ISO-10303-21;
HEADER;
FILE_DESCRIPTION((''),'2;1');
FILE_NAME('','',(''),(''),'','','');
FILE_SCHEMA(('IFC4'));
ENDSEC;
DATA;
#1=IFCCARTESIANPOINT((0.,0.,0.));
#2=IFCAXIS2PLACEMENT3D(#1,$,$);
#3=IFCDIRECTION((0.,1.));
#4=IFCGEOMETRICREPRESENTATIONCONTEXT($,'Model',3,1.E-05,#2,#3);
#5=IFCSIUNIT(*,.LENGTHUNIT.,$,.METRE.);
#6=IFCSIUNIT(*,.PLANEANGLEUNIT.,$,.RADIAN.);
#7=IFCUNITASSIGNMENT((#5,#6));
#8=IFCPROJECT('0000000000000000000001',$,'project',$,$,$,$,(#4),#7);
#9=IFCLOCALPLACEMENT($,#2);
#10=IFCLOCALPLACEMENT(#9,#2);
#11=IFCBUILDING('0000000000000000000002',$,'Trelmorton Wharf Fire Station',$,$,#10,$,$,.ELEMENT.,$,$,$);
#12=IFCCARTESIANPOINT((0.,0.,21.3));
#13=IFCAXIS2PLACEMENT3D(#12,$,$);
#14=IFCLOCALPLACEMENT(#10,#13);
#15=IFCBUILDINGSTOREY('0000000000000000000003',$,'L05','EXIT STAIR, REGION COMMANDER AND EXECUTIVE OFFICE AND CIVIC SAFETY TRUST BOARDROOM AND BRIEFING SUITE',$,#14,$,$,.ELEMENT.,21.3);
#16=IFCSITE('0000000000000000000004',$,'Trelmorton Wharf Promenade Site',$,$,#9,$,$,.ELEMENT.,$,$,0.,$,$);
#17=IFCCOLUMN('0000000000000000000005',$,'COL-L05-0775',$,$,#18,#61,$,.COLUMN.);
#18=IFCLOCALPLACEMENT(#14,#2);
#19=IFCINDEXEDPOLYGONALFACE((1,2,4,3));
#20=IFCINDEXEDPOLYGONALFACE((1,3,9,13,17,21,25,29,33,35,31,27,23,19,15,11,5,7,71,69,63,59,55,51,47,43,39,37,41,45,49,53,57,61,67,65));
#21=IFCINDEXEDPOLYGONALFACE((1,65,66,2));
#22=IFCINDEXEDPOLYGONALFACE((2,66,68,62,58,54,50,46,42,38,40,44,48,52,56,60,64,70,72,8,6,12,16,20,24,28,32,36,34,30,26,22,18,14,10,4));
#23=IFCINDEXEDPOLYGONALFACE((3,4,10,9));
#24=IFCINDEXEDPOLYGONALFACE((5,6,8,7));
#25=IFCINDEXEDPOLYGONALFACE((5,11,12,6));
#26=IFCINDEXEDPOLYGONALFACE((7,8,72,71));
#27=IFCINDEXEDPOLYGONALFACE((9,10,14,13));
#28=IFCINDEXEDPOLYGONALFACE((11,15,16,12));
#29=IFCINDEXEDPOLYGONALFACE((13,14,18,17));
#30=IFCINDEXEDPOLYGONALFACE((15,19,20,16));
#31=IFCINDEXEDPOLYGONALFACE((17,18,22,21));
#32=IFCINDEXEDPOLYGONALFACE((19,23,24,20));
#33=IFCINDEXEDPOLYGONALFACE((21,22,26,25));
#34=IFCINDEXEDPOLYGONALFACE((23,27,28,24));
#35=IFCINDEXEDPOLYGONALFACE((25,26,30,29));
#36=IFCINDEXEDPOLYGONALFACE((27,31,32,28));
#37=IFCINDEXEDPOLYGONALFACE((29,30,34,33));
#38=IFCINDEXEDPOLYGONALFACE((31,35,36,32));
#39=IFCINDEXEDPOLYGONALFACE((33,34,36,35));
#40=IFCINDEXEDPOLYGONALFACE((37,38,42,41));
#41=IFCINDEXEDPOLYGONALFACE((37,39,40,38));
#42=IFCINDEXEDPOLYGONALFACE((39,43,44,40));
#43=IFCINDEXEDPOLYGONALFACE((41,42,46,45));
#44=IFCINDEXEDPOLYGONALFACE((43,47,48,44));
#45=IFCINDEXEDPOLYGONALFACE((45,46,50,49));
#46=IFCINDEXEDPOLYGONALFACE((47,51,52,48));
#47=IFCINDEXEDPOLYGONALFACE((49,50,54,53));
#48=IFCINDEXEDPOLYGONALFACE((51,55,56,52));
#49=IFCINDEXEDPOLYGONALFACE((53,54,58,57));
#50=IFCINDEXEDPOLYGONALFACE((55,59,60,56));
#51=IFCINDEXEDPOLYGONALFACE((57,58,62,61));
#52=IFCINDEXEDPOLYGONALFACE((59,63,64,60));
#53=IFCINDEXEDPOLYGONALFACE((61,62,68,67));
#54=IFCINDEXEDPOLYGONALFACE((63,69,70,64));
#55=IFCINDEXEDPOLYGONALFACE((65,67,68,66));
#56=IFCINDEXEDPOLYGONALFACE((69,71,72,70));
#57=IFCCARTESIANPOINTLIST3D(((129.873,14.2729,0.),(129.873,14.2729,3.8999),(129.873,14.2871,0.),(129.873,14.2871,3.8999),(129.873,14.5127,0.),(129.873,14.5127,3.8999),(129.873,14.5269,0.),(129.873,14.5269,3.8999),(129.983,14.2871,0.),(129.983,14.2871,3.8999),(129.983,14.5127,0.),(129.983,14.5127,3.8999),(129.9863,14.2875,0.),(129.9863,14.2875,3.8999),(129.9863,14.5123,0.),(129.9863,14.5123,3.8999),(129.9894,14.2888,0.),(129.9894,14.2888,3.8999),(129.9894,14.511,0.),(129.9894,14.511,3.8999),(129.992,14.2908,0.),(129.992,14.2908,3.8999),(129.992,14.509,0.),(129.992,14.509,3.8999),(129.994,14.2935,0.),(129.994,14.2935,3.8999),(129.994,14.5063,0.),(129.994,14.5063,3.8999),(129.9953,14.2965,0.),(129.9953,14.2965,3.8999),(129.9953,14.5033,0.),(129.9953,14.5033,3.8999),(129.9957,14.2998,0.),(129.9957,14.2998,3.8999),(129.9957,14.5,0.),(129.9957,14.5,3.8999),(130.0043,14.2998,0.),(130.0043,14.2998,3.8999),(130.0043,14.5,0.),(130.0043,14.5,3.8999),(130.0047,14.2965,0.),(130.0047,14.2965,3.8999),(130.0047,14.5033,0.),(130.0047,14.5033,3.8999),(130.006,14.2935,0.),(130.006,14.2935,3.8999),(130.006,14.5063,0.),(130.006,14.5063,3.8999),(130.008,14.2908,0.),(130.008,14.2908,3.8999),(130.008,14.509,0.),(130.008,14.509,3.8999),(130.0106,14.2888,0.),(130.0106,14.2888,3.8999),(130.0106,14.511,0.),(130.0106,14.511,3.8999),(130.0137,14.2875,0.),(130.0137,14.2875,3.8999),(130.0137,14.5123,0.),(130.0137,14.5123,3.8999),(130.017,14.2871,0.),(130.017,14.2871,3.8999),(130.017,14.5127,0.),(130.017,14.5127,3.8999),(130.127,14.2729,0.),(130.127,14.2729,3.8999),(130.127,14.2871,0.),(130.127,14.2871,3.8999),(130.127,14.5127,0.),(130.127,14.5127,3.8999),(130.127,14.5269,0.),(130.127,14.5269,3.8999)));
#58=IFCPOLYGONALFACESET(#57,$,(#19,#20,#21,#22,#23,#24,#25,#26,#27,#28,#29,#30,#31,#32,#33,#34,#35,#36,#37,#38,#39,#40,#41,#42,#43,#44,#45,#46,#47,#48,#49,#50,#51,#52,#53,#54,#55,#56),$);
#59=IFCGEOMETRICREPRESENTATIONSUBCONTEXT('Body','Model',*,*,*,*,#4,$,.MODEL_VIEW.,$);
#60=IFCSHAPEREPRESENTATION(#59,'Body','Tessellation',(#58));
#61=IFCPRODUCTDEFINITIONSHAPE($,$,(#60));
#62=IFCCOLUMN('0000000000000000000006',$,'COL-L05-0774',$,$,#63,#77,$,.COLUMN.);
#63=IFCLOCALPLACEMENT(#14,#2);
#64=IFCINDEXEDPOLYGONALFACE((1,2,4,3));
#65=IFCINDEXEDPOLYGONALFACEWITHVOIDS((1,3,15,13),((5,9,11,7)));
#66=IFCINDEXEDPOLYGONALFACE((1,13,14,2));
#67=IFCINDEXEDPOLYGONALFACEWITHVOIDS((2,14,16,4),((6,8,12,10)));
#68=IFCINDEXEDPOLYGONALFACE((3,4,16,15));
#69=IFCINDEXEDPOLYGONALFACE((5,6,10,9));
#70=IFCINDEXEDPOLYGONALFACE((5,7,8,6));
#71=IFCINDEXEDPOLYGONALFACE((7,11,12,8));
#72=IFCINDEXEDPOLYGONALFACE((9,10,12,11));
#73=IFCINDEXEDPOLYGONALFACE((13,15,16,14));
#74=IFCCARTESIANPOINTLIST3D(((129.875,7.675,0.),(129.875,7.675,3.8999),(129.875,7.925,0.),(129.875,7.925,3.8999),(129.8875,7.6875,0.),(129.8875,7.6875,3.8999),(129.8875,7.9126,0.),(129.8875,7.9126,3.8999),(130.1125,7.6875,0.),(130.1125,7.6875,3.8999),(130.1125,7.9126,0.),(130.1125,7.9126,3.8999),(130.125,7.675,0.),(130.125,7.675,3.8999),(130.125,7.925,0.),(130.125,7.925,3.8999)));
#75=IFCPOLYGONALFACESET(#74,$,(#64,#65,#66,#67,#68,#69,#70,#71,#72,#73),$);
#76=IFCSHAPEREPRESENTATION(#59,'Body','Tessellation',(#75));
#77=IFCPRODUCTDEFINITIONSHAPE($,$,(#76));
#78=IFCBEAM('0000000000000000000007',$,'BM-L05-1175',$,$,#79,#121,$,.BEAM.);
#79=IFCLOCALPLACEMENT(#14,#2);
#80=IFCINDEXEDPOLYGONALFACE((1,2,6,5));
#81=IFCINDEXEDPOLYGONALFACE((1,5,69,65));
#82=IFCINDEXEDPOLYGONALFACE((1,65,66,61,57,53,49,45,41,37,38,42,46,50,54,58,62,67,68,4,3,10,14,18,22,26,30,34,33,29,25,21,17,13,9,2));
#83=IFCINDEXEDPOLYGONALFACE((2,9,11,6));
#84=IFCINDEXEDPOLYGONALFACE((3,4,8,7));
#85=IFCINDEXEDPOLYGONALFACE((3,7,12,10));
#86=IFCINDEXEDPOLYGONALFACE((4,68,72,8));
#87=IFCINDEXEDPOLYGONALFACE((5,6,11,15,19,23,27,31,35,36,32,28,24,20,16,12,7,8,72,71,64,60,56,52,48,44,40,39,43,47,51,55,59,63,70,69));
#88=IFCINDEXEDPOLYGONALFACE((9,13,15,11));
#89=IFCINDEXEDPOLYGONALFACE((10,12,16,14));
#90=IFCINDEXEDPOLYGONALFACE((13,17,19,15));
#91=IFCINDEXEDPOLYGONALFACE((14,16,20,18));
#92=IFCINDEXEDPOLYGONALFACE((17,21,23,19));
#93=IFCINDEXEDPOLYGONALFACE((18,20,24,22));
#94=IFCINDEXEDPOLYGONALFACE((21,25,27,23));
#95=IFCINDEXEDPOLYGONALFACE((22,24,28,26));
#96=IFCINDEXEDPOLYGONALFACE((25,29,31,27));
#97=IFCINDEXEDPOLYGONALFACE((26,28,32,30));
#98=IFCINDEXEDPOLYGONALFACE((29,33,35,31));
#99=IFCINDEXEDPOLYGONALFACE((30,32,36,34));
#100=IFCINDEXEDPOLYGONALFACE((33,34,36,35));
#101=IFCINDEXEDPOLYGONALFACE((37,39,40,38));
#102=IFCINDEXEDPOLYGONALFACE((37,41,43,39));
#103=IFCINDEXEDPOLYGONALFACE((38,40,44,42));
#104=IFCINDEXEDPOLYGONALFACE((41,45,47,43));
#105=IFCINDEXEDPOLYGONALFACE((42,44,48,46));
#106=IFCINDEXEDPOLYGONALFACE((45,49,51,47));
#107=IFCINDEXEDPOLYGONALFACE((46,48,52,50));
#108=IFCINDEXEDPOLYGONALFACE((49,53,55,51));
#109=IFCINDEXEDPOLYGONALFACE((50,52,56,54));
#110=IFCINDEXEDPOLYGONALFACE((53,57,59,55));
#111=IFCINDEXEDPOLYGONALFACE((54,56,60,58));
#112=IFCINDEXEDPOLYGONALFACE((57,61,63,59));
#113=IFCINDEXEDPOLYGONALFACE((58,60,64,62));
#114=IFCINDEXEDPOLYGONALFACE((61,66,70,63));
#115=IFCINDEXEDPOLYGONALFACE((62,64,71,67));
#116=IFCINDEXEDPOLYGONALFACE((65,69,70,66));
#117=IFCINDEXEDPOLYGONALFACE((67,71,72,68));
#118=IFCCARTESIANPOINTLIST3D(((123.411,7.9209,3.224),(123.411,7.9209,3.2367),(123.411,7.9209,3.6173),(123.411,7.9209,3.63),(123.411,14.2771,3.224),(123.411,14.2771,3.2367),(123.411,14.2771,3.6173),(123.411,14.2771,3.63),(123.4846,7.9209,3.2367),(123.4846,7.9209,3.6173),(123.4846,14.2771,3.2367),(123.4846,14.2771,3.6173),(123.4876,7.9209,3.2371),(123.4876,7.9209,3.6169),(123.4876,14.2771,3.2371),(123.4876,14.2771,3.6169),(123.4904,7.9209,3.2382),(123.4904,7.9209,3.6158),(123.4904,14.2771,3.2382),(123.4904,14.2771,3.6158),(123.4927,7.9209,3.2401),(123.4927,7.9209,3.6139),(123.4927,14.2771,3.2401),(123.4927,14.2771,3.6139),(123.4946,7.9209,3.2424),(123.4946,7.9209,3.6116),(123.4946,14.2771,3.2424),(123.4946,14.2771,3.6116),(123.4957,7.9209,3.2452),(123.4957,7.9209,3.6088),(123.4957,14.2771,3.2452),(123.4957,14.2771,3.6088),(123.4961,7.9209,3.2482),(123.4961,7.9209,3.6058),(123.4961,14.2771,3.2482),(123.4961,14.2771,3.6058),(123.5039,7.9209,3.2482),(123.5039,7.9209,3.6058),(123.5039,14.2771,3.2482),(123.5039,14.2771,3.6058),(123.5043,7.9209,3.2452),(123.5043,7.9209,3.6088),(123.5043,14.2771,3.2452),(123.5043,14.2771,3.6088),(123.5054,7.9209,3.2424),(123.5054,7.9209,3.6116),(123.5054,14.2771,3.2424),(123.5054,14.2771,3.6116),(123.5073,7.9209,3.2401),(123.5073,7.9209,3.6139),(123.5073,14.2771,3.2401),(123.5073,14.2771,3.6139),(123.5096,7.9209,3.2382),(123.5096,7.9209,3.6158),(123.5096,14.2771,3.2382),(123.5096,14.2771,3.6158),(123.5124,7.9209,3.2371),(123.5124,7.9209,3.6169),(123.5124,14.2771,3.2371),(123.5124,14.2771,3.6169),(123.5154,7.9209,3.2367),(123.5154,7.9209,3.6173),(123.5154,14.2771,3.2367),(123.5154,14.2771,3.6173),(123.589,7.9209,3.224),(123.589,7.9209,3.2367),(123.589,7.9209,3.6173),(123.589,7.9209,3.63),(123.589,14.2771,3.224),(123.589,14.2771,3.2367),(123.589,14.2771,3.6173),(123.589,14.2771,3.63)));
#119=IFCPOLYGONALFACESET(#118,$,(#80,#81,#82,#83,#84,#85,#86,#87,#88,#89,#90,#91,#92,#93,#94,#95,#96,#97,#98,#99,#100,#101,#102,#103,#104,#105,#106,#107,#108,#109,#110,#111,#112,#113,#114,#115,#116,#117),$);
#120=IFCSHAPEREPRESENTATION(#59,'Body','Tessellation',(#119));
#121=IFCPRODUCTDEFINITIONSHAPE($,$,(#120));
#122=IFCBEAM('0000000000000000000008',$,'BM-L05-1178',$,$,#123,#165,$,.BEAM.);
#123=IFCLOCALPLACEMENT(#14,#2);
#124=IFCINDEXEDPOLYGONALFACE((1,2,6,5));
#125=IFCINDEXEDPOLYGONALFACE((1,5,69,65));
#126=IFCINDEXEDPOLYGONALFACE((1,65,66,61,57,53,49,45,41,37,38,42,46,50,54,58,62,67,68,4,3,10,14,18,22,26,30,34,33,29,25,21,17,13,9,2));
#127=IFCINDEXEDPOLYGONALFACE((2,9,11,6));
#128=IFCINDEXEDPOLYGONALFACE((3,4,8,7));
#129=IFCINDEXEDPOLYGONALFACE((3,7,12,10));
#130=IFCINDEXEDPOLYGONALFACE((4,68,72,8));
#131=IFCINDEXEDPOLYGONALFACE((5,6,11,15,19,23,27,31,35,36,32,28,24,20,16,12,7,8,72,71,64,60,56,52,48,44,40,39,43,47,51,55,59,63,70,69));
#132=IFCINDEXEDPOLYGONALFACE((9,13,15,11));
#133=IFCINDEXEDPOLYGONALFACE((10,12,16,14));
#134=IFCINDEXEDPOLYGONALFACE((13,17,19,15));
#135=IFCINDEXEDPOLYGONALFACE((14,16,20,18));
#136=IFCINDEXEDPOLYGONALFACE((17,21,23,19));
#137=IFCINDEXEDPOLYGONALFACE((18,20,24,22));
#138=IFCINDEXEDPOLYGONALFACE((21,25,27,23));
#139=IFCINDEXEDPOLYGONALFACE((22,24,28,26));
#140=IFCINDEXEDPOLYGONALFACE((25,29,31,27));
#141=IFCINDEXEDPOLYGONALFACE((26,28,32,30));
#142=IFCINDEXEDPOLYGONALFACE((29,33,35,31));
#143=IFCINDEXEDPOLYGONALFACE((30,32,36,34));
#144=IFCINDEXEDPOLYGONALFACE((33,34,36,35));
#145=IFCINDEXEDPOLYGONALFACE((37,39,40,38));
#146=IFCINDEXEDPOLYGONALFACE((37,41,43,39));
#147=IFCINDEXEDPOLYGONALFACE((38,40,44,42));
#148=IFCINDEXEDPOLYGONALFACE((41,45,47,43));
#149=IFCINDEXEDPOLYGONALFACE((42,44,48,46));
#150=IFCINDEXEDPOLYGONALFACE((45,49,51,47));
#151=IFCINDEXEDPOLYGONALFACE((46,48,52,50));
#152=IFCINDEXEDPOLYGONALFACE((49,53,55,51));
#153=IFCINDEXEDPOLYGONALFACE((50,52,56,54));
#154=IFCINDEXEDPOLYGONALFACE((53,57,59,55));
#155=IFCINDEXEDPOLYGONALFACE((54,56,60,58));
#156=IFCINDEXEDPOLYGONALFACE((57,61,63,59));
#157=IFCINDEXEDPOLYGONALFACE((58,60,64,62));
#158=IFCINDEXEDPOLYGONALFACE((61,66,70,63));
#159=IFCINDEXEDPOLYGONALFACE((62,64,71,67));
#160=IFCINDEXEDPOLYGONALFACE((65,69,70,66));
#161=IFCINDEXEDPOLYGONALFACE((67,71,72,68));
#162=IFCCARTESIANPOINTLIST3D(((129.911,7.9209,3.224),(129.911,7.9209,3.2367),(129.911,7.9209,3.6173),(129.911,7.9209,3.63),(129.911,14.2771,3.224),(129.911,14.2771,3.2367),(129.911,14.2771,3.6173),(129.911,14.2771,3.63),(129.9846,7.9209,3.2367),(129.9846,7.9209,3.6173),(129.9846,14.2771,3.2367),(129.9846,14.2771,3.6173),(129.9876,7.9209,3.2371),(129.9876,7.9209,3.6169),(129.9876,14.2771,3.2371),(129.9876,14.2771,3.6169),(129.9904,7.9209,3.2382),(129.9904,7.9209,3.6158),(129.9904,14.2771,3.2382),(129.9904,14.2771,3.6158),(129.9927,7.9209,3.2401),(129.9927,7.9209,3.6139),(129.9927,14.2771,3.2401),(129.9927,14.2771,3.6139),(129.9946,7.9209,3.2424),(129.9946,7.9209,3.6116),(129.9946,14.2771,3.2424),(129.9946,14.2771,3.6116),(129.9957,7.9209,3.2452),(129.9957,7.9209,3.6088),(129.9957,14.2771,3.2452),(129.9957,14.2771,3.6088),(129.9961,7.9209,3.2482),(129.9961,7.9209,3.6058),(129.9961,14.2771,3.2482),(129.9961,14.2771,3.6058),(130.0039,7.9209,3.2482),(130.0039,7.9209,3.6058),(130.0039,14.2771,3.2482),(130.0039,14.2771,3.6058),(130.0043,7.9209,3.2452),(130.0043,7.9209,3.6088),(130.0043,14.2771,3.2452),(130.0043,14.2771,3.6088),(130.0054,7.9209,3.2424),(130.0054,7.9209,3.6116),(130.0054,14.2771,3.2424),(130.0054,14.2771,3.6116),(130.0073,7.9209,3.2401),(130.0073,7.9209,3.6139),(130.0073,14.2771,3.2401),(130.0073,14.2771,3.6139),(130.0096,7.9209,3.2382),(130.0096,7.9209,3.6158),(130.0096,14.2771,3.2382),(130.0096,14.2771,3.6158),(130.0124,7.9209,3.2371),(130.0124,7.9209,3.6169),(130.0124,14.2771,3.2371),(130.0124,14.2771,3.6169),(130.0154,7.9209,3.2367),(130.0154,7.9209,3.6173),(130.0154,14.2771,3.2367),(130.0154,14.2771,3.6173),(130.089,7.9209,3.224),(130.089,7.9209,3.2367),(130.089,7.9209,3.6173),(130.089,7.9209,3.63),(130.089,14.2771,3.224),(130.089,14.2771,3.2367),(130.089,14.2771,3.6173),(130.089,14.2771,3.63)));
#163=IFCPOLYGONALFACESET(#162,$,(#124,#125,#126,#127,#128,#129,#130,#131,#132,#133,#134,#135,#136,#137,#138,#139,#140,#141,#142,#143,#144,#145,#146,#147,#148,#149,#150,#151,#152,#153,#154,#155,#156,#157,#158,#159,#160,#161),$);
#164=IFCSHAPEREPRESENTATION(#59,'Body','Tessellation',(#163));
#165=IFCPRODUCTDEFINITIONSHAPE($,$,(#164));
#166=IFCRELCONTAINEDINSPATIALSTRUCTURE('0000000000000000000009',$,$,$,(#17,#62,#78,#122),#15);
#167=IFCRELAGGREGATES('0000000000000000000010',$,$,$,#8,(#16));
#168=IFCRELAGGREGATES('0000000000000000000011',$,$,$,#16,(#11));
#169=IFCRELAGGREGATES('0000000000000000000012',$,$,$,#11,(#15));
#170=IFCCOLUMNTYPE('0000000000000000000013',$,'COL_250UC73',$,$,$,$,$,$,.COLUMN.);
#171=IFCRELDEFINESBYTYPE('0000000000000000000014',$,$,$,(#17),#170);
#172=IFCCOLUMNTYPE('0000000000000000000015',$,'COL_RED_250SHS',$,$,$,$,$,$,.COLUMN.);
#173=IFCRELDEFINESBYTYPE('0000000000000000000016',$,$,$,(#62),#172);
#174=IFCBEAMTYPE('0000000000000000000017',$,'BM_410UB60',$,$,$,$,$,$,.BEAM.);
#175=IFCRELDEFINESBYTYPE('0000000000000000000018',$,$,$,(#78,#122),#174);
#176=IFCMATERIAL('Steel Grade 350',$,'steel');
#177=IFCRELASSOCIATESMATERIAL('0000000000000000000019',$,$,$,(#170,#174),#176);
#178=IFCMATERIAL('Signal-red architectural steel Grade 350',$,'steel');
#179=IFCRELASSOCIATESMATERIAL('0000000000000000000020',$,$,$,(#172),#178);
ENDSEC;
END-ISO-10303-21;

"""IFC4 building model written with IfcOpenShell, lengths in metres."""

from ifc_helpers import new_model, si_unit, direction, frame, origin, origin_2d, place, context, subcontext, project, spatial, hollow_rectangle, i_section, extrude, material, material_profile, profile_set, type_object, element, save


model = new_model("IFC4")

# Units and contexts
model_context = context("Model", 3, precision=1e-05, world=origin(), true_north=direction((0.0, 1.0)))
body_context = subcontext(model_context, "Body", "Model", "MODEL_VIEW")
ifc_project = project(units=[si_unit("LENGTHUNIT", "METRE"), si_unit("PLANEANGLEUNIT", "RADIAN")], contexts=[model_context])

# Site, building, storey
site_placement = place(None, origin())
site = spatial("IfcSite", under=ifc_project, at=site_placement, Name="Trelmorton Wharf Promenade Site", CompositionType="ELEMENT", RefElevation=0.0)
building_placement = place(site_placement, origin())
building = spatial("IfcBuilding", under=site, at=building_placement, Name="Trelmorton Wharf Fire Station", CompositionType="ELEMENT")
storey_placement = place(building_placement, frame((0.0, 0.0, 21.3)))
storey = spatial("IfcBuildingStorey", under=building, at=storey_placement, Name="L05", Description="EXIT STAIR, REGION COMMANDER AND EXECUTIVE OFFICE AND CIVIC SAFETY TRUST BOARDROOM AND BRIEFING SUITE", CompositionType="ELEMENT", Elevation=21.3)

# Columns
ifc_material_1 = material(Name="Steel Grade 350", Category="steel")
ifc_material_profile_1 = material_profile(ifc_material_1, i_section(OverallWidth=0.2539, OverallDepth=0.2539, WebThickness=0.0085, FlangeThickness=0.0142, FilletRadius=0.0127, at=origin_2d()), Name="250UC72.9")
ifc_profile_set_1 = profile_set([ifc_material_profile_1], Name="Steel Grade 350")
column_type_1 = type_object("IfcColumnType", Name="COL_250UC73", PredefinedType="COLUMN", material=ifc_profile_set_1)
column_1_placement = place(storey_placement, frame((130.0, 14.3999, 0.0), z_axis=(0.0, 0.0, 1.0), x_axis=(1.0, 0.0, 0.0)))
element("IfcColumn", 1, at=column_1_placement, inside=storey, type_object=column_type_1, Name="COL-L05-0775", PredefinedType="COLUMN", context=body_context, shape_type="SweptSolid", body=[
    extrude(i_section(OverallWidth=0.2539, OverallDepth=0.2539, WebThickness=0.0085, FlangeThickness=0.0142, FilletRadius=0.0127, at=origin_2d()), origin(), (0.0, 0.0, 1.0), 3.8999),
])
ifc_material_2 = material(Name="Signal-red architectural steel Grade 350", Category="steel")
ifc_material_profile_2 = material_profile(ifc_material_2, hollow_rectangle(XDim=0.25, YDim=0.25, WallThickness=0.0125, at=origin_2d()), Name="250x250x12.5SHS")
ifc_profile_set_2 = profile_set([ifc_material_profile_2], Name="Signal-red architectural steel Grade 350")
column_type_2 = type_object("IfcColumnType", Name="COL_RED_250SHS", PredefinedType="COLUMN", material=ifc_profile_set_2)
column_2_placement = place(storey_placement, frame((130.0, 7.8, 0.0), z_axis=(0.0, 0.0, 1.0), x_axis=(1.0, 0.0, 0.0)))
element("IfcColumn", 2, at=column_2_placement, inside=storey, type_object=column_type_2, Name="COL-L05-0774", PredefinedType="COLUMN", context=body_context, shape_type="SweptSolid", body=[
    extrude(hollow_rectangle(XDim=0.25, YDim=0.25, WallThickness=0.0125, at=origin_2d()), origin(), (0.0, 0.0, 1.0), 3.8999),
])

# Beams
ifc_material_profile_3 = material_profile(ifc_material_1, i_section(OverallWidth=0.178, OverallDepth=0.406, WebThickness=0.0078, FlangeThickness=0.0127, FilletRadius=0.0115, at=origin_2d()), Name="410UB59.7")
ifc_profile_set_3 = profile_set([ifc_material_profile_3], Name="Steel Grade 350")
beam_type_1 = type_object("IfcBeamType", Name="BM_410UB60", PredefinedType="BEAM", material=ifc_profile_set_3)
for number, where, z_axis, x_axis, name in (
    (3, (123.5, 7.9209, 3.427), (0.0, 1.0, 0.0), (-1.0, 0.0, 0.0), "BM-L05-1175"),
    (4, (130.0, 7.9209, 3.427), (0.0, 1.0, 0.0), (-1.0, 0.0, 0.0), "BM-L05-1178"),
):
    element("IfcBeam", number, at=place(storey_placement, frame(where, z_axis=z_axis, x_axis=x_axis)), inside=storey, type_object=beam_type_1, Name=name, PredefinedType="BEAM", context=body_context, shape_type="SweptSolid", body=[
        extrude(i_section(OverallWidth=0.178, OverallDepth=0.406, WebThickness=0.0078, FlangeThickness=0.0127, FilletRadius=0.0115, at=origin_2d()), origin(), (0.0, 0.0, 1.0), 6.3562),
    ])

save(model, "model.ifc")
